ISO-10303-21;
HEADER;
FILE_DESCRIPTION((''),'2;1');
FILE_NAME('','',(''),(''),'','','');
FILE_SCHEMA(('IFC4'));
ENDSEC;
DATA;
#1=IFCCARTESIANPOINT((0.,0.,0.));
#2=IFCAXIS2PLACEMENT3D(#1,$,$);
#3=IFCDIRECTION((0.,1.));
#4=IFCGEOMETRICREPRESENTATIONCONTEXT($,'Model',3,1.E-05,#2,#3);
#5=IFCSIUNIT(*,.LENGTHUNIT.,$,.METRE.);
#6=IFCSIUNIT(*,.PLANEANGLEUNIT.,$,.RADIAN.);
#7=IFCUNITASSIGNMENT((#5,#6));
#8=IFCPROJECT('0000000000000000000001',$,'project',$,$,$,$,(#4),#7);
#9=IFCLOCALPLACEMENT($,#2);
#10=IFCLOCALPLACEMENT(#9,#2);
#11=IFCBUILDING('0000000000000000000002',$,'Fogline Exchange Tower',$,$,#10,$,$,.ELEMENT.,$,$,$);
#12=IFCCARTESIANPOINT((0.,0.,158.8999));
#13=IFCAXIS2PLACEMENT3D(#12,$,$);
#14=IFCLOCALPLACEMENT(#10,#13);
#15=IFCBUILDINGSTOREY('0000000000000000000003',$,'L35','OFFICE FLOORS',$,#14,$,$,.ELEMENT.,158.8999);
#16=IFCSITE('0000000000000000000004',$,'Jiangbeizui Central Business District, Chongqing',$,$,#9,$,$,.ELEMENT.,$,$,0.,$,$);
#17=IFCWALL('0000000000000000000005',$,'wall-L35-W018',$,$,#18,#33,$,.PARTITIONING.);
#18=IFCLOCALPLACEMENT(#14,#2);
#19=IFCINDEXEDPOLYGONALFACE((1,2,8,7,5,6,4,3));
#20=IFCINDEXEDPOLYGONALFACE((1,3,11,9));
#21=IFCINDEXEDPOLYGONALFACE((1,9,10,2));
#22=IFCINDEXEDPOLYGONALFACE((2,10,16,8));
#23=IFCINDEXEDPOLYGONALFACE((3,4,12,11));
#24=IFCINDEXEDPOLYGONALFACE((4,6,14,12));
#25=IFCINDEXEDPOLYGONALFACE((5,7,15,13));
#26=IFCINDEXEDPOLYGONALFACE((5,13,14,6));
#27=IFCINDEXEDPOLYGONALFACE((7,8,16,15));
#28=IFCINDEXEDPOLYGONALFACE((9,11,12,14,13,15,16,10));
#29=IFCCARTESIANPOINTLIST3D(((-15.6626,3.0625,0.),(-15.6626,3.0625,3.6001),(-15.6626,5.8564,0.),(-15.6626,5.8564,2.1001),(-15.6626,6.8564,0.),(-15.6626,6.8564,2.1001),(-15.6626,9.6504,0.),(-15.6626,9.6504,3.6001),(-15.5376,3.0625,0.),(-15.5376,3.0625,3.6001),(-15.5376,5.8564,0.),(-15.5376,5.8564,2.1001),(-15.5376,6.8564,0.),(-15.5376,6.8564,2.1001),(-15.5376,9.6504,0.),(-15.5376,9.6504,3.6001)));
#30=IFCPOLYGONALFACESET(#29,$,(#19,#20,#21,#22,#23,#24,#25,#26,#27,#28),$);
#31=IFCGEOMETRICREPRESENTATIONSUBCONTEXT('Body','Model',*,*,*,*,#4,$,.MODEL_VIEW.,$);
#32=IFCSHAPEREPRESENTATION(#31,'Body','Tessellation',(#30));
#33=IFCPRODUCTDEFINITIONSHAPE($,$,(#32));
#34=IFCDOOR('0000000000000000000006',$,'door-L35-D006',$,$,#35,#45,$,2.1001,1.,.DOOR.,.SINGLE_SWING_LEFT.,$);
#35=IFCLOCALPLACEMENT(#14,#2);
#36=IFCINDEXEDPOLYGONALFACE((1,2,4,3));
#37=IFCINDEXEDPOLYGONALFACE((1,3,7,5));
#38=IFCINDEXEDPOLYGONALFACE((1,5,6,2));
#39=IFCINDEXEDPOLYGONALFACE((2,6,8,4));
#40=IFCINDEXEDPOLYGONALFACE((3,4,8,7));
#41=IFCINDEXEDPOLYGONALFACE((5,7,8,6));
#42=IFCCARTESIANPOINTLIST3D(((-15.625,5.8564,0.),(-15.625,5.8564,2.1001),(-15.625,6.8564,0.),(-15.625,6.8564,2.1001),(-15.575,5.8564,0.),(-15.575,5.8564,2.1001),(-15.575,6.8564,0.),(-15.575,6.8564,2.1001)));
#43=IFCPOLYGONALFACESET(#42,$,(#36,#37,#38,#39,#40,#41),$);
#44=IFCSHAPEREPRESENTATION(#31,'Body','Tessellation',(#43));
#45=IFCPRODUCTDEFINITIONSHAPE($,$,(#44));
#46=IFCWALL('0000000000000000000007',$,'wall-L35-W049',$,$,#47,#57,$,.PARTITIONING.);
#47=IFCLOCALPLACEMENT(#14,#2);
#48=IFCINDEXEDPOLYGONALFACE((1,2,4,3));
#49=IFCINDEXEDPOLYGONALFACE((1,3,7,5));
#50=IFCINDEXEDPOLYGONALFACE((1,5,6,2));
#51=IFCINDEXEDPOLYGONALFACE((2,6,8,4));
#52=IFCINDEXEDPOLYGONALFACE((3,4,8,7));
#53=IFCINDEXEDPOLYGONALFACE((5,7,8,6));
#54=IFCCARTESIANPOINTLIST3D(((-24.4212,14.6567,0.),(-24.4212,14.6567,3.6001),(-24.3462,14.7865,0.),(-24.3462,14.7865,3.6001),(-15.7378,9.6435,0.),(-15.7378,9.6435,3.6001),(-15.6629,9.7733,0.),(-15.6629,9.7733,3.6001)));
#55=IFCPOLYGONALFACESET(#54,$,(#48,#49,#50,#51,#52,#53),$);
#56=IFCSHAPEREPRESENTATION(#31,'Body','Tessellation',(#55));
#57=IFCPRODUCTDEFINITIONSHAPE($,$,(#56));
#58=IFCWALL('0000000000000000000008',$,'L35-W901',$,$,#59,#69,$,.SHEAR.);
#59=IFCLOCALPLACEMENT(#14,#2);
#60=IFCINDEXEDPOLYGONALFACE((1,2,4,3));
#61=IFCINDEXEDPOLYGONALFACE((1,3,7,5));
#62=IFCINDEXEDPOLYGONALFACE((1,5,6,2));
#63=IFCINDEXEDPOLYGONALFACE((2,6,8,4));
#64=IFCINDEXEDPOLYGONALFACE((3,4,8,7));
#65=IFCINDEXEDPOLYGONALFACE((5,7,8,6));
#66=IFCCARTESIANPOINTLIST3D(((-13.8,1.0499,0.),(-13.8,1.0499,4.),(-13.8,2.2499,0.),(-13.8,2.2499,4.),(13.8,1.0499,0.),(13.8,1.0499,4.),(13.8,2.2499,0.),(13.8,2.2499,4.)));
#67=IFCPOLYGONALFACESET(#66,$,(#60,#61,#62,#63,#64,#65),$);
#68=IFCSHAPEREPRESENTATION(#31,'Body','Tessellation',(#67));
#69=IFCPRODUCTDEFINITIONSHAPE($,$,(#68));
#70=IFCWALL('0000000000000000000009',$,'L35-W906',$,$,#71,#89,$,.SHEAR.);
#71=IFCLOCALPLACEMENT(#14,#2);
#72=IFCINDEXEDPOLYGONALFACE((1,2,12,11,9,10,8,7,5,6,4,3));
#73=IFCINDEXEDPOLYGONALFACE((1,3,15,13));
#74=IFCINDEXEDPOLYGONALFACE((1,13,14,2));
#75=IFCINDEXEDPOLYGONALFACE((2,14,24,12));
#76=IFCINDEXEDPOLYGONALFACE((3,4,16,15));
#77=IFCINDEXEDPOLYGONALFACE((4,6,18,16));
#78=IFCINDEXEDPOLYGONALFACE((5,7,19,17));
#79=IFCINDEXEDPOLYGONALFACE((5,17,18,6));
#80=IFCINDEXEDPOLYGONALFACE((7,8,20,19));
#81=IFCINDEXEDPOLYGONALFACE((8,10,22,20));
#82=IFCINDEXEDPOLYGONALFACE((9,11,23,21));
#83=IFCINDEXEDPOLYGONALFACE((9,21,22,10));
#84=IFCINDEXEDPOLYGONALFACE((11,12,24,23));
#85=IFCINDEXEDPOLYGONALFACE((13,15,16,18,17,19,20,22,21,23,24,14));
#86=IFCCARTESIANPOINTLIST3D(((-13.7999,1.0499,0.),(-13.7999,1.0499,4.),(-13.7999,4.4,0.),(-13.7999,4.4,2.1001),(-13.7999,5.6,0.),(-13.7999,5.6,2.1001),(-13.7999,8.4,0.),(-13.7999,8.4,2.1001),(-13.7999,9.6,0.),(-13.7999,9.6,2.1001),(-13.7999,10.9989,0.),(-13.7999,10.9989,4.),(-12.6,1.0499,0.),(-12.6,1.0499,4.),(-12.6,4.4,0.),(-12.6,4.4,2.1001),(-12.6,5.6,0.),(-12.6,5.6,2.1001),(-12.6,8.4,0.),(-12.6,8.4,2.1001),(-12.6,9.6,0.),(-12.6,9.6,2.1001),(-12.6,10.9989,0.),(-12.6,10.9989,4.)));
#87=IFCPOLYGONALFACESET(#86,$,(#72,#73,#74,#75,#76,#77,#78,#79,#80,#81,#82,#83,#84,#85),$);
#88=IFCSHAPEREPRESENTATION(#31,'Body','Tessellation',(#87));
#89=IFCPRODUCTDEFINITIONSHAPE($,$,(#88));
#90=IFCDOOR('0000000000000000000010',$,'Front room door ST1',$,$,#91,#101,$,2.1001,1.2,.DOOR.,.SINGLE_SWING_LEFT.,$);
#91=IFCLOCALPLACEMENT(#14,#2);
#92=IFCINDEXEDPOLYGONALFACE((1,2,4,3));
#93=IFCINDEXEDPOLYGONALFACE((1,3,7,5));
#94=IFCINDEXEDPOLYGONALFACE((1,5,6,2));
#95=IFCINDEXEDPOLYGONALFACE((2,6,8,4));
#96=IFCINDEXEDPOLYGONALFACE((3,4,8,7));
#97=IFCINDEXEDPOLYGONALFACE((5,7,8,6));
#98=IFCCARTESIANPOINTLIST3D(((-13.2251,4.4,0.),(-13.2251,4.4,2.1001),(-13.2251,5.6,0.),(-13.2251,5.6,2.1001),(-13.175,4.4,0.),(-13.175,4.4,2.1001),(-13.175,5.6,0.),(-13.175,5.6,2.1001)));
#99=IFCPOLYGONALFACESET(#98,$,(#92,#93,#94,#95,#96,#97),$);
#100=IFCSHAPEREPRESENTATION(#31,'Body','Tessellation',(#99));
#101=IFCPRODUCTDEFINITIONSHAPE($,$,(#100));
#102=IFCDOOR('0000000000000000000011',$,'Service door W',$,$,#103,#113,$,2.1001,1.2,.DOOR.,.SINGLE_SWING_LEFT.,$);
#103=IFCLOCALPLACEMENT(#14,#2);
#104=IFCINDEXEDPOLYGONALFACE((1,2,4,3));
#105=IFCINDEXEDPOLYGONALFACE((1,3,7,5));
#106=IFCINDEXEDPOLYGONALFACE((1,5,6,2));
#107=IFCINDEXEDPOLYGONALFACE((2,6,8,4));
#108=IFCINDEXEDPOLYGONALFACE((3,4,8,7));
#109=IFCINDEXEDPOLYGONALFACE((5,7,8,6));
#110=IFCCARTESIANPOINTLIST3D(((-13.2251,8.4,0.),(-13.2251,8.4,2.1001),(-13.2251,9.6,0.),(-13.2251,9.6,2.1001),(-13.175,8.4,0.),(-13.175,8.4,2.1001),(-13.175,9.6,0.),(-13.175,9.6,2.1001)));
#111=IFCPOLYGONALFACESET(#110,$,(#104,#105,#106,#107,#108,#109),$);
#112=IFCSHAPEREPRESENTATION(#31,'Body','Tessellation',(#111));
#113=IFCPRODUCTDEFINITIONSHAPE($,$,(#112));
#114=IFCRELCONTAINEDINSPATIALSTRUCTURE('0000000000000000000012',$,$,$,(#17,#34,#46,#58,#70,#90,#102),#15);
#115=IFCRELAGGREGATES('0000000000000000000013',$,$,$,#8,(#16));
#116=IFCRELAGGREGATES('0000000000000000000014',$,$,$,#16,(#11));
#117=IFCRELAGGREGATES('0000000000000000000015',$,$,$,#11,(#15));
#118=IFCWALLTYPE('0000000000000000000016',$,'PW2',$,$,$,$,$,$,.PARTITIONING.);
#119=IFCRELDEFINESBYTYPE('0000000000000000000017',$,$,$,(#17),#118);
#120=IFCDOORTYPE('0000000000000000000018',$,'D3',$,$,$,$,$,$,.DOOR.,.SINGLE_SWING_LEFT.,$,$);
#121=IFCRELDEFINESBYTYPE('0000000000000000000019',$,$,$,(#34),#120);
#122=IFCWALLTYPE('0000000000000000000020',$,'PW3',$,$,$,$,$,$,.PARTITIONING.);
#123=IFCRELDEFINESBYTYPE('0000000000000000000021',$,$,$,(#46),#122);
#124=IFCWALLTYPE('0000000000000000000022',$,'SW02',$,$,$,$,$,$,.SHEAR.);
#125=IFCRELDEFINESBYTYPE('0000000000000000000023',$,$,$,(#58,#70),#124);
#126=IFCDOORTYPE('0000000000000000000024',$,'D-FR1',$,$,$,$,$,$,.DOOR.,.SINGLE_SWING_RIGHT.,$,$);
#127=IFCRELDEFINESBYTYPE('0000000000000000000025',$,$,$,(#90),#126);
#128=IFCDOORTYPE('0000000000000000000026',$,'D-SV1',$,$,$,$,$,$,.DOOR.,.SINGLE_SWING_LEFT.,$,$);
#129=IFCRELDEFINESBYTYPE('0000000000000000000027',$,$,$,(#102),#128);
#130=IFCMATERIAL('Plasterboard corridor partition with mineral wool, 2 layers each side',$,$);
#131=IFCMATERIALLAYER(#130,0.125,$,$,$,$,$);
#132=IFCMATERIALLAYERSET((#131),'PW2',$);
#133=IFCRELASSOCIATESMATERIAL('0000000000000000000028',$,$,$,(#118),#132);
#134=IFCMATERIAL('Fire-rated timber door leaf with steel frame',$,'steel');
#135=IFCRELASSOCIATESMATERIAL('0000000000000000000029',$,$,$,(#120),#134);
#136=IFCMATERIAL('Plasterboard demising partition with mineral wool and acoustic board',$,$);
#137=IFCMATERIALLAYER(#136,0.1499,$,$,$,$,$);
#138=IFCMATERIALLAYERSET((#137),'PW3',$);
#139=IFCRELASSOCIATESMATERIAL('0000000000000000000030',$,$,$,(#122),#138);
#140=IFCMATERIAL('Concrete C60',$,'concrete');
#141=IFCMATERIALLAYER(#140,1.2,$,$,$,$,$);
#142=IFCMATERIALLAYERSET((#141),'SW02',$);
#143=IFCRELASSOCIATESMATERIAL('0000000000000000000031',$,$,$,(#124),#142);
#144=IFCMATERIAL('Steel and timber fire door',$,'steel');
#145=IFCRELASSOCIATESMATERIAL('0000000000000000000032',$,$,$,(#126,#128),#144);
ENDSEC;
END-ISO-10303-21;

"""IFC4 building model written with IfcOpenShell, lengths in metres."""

from ifc_helpers import new_model, si_unit, direction, frame, frame_2d, origin, place, context, subcontext, project, spatial, rectangle, extrude, material, layer, layer_set, type_object, element, fill, save


model = new_model("IFC4")

# Units and contexts
model_context = context("Model", 3, precision=1e-05, world=origin(), true_north=direction((0.0, 1.0)))
body_context = subcontext(model_context, "Body", "Model", "MODEL_VIEW")
ifc_project = project(units=[si_unit("LENGTHUNIT", "METRE"), si_unit("PLANEANGLEUNIT", "RADIAN")], contexts=[model_context])

# Site, building, storey
site_placement = place(None, origin())
site = spatial("IfcSite", under=ifc_project, at=site_placement, Name="Jiangbeizui Central Business District, Chongqing", CompositionType="ELEMENT", RefElevation=0.0)
building_placement = place(site_placement, origin())
building = spatial("IfcBuilding", under=site, at=building_placement, Name="Fogline Exchange Tower", CompositionType="ELEMENT")
storey_placement = place(building_placement, frame((0.0, 0.0, 158.8999)))
storey = spatial("IfcBuildingStorey", under=building, at=storey_placement, Name="L35", Description="OFFICE FLOORS", CompositionType="ELEMENT", Elevation=158.8999)

# Shared definitions
ifc_material_1 = material(Name="Steel and timber fire door", Category="steel")

# Shared definitions
ifc_material_2 = material(Name="Plasterboard corridor partition with mineral wool, 2 layers each side")
ifc_layer_1 = layer(ifc_material_2, 0.125)
ifc_layer_set_1 = layer_set([ifc_layer_1], Name="PW2")
wall_type_1 = type_object("IfcWallType", Name="PW2", PredefinedType="PARTITIONING", material=ifc_layer_set_1)

# Shared definitions
ifc_material_3 = material(Name="Fire-rated timber door leaf with steel frame", Category="steel")
door_type_1 = type_object("IfcDoorType", Name="D3", OperationType="SINGLE_SWING_LEFT", PredefinedType="DOOR", material=ifc_material_3)

# Wall, opening, door
wall_1_placement = place(storey_placement, frame((-15.6001, 3.0625, 0.0), z_axis=(0.0, 0.0, 1.0), x_axis=(0.0, 1.0, 0.0)))
wall_1 = element("IfcWall", 1, at=wall_1_placement, inside=storey, type_object=wall_type_1, Name="wall-L35-W018", PredefinedType="PARTITIONING", context=body_context, shape_type="SweptSolid", body=[
    extrude(rectangle(XDim=6.5879, YDim=0.125, at=frame_2d((3.2939, 0.0))), origin(), (0.0, 0.0, 1.0), 3.6001),
])
opening_1_placement = place(wall_1_placement, frame((2.7939, 0.0, 0.0)))
opening_1 = element("IfcOpeningElement", 2, at=opening_1_placement, cuts=wall_1, PredefinedType="OPENING", context=body_context, shape_type="SweptSolid", body=[
    extrude(rectangle(XDim=1.0, YDim=2.1001, at=frame_2d((0.5, 1.05))), frame((0.0, 0.0725, 0.0), z_axis=(0.0, -1.0, 0.0), x_axis=(1.0, 0.0, 0.0)), (0.0, 0.0, 1.0), 0.145),
])
door_1_placement = place(opening_1_placement, origin())
door_1 = element("IfcDoor", 3, at=door_1_placement, inside=storey, type_object=door_type_1, Name="door-L35-D006", OperationType="SINGLE_SWING_LEFT", OverallHeight=2.1001, OverallWidth=1.0, PredefinedType="DOOR", context=body_context, shape_type="SweptSolid", body=[
    extrude(rectangle(XDim=1.0, YDim=2.1001, at=frame_2d((0.5, 1.05))), frame((0.0, 0.0249, 0.0), z_axis=(0.0, -1.0, 0.0), x_axis=(1.0, 0.0, 0.0)), (0.0, 0.0, 1.0), 0.05),
])
fill(opening_1, door_1)

# Walls
ifc_material_4 = material(Name="Plasterboard demising partition with mineral wool and acoustic board")
ifc_layer_2 = layer(ifc_material_4, 0.1499)
ifc_layer_set_2 = layer_set([ifc_layer_2], Name="PW3")
wall_type_2 = type_object("IfcWallType", Name="PW3", PredefinedType="PARTITIONING", material=ifc_layer_set_2)
wall_2_placement = place(storey_placement, frame((-15.7004, 9.7085, 0.0), z_axis=(0.0, 0.0, 1.0), x_axis=(-0.866032, 0.499989, 0.0)))
element("IfcWall", 4, at=wall_2_placement, inside=storey, type_object=wall_type_2, Name="wall-L35-W049", PredefinedType="PARTITIONING", context=body_context, shape_type="SweptSolid", body=[
    extrude(rectangle(XDim=10.0266, YDim=0.1499, at=frame_2d((5.0132, 0.0))), origin(), (0.0, 0.0, 1.0), 3.6001),
])
ifc_material_5 = material(Name="Concrete C60", Category="concrete")
ifc_layer_3 = layer(ifc_material_5, 1.2)
ifc_layer_set_3 = layer_set([ifc_layer_3], Name="SW02")
wall_type_3 = type_object("IfcWallType", Name="SW02", PredefinedType="SHEAR", material=ifc_layer_set_3)
wall_3_placement = place(storey_placement, frame((-13.8, 1.6499, 0.0), z_axis=(0.0, 0.0, 1.0), x_axis=(1.0, 0.0, 0.0)))
element("IfcWall", 5, at=wall_3_placement, inside=storey, type_object=wall_type_3, Name="L35-W901", PredefinedType="SHEAR", context=body_context, shape_type="SweptSolid", body=[
    extrude(rectangle(XDim=27.6001, YDim=1.2, at=frame_2d((13.8, 0.0))), origin(), (0.0, 0.0, 1.0), 4.0),
])

# Wall, openings, doors
wall_4_placement = place(storey_placement, frame((-13.2, 10.999, 0.0), z_axis=(0.0, 0.0, 1.0), x_axis=(0.0, -1.0, 0.0)))
wall_4 = element("IfcWall", 6, at=wall_4_placement, inside=storey, type_object=wall_type_3, Name="L35-W906", PredefinedType="SHEAR", context=body_context, shape_type="SweptSolid", body=[
    extrude(rectangle(XDim=9.949, YDim=1.2, at=frame_2d((4.9746, 0.0))), origin(), (0.0, 0.0, 1.0), 4.0),
])
opening_2_placement = place(wall_4_placement, frame((5.3989, 0.0, 0.0)))
opening_2 = element("IfcOpeningElement", 7, at=opening_2_placement, cuts=wall_4, PredefinedType="OPENING", context=body_context, shape_type="SweptSolid", body=[
    extrude(rectangle(XDim=1.2, YDim=2.1001, at=frame_2d((0.6001, 1.05))), frame((0.0, 0.6099, 0.0), z_axis=(0.0, -1.0, 0.0), x_axis=(1.0, 0.0, 0.0)), (0.0, 0.0, 1.0), 1.22),
])
opening_3_placement = place(wall_4_placement, frame((1.3989, 0.0, 0.0)))
opening_3 = element("IfcOpeningElement", 8, at=opening_3_placement, cuts=wall_4, PredefinedType="OPENING", context=body_context, shape_type="SweptSolid", body=[
    extrude(rectangle(XDim=1.2, YDim=2.1001, at=frame_2d((0.6001, 1.05))), frame((0.0, 0.6099, 0.0), z_axis=(0.0, -1.0, 0.0), x_axis=(1.0, 0.0, 0.0)), (0.0, 0.0, 1.0), 1.22),
])
door_type_2 = type_object("IfcDoorType", Name="D-FR1", OperationType="SINGLE_SWING_RIGHT", PredefinedType="DOOR", material=ifc_material_1)
door_2_placement = place(opening_2_placement, origin())
door_2 = element("IfcDoor", 9, at=door_2_placement, inside=storey, type_object=door_type_2, Name="Front room door ST1", OperationType="SINGLE_SWING_LEFT", OverallHeight=2.1001, OverallWidth=1.2, PredefinedType="DOOR", context=body_context, shape_type="SweptSolid", body=[
    extrude(rectangle(XDim=1.2, YDim=2.1001, at=frame_2d((0.6001, 1.05))), frame((0.0, 0.0249, 0.0), z_axis=(0.0, -1.0, 0.0), x_axis=(1.0, 0.0, 0.0)), (0.0, 0.0, 1.0), 0.05),
])
fill(opening_2, door_2)
door_type_3 = type_object("IfcDoorType", Name="D-SV1", OperationType="SINGLE_SWING_LEFT", PredefinedType="DOOR", material=ifc_material_1)
door_3_placement = place(opening_3_placement, origin())
door_3 = element("IfcDoor", 10, at=door_3_placement, inside=storey, type_object=door_type_3, Name="Service door W", OperationType="SINGLE_SWING_LEFT", OverallHeight=2.1001, OverallWidth=1.2, PredefinedType="DOOR", context=body_context, shape_type="SweptSolid", body=[
    extrude(rectangle(XDim=1.2, YDim=2.1001, at=frame_2d((0.6001, 1.05))), frame((0.0, 0.0249, 0.0), z_axis=(0.0, -1.0, 0.0), x_axis=(1.0, 0.0, 0.0)), (0.0, 0.0, 1.0), 0.05),
])
fill(opening_3, door_3)

save(model, "model.ifc")
